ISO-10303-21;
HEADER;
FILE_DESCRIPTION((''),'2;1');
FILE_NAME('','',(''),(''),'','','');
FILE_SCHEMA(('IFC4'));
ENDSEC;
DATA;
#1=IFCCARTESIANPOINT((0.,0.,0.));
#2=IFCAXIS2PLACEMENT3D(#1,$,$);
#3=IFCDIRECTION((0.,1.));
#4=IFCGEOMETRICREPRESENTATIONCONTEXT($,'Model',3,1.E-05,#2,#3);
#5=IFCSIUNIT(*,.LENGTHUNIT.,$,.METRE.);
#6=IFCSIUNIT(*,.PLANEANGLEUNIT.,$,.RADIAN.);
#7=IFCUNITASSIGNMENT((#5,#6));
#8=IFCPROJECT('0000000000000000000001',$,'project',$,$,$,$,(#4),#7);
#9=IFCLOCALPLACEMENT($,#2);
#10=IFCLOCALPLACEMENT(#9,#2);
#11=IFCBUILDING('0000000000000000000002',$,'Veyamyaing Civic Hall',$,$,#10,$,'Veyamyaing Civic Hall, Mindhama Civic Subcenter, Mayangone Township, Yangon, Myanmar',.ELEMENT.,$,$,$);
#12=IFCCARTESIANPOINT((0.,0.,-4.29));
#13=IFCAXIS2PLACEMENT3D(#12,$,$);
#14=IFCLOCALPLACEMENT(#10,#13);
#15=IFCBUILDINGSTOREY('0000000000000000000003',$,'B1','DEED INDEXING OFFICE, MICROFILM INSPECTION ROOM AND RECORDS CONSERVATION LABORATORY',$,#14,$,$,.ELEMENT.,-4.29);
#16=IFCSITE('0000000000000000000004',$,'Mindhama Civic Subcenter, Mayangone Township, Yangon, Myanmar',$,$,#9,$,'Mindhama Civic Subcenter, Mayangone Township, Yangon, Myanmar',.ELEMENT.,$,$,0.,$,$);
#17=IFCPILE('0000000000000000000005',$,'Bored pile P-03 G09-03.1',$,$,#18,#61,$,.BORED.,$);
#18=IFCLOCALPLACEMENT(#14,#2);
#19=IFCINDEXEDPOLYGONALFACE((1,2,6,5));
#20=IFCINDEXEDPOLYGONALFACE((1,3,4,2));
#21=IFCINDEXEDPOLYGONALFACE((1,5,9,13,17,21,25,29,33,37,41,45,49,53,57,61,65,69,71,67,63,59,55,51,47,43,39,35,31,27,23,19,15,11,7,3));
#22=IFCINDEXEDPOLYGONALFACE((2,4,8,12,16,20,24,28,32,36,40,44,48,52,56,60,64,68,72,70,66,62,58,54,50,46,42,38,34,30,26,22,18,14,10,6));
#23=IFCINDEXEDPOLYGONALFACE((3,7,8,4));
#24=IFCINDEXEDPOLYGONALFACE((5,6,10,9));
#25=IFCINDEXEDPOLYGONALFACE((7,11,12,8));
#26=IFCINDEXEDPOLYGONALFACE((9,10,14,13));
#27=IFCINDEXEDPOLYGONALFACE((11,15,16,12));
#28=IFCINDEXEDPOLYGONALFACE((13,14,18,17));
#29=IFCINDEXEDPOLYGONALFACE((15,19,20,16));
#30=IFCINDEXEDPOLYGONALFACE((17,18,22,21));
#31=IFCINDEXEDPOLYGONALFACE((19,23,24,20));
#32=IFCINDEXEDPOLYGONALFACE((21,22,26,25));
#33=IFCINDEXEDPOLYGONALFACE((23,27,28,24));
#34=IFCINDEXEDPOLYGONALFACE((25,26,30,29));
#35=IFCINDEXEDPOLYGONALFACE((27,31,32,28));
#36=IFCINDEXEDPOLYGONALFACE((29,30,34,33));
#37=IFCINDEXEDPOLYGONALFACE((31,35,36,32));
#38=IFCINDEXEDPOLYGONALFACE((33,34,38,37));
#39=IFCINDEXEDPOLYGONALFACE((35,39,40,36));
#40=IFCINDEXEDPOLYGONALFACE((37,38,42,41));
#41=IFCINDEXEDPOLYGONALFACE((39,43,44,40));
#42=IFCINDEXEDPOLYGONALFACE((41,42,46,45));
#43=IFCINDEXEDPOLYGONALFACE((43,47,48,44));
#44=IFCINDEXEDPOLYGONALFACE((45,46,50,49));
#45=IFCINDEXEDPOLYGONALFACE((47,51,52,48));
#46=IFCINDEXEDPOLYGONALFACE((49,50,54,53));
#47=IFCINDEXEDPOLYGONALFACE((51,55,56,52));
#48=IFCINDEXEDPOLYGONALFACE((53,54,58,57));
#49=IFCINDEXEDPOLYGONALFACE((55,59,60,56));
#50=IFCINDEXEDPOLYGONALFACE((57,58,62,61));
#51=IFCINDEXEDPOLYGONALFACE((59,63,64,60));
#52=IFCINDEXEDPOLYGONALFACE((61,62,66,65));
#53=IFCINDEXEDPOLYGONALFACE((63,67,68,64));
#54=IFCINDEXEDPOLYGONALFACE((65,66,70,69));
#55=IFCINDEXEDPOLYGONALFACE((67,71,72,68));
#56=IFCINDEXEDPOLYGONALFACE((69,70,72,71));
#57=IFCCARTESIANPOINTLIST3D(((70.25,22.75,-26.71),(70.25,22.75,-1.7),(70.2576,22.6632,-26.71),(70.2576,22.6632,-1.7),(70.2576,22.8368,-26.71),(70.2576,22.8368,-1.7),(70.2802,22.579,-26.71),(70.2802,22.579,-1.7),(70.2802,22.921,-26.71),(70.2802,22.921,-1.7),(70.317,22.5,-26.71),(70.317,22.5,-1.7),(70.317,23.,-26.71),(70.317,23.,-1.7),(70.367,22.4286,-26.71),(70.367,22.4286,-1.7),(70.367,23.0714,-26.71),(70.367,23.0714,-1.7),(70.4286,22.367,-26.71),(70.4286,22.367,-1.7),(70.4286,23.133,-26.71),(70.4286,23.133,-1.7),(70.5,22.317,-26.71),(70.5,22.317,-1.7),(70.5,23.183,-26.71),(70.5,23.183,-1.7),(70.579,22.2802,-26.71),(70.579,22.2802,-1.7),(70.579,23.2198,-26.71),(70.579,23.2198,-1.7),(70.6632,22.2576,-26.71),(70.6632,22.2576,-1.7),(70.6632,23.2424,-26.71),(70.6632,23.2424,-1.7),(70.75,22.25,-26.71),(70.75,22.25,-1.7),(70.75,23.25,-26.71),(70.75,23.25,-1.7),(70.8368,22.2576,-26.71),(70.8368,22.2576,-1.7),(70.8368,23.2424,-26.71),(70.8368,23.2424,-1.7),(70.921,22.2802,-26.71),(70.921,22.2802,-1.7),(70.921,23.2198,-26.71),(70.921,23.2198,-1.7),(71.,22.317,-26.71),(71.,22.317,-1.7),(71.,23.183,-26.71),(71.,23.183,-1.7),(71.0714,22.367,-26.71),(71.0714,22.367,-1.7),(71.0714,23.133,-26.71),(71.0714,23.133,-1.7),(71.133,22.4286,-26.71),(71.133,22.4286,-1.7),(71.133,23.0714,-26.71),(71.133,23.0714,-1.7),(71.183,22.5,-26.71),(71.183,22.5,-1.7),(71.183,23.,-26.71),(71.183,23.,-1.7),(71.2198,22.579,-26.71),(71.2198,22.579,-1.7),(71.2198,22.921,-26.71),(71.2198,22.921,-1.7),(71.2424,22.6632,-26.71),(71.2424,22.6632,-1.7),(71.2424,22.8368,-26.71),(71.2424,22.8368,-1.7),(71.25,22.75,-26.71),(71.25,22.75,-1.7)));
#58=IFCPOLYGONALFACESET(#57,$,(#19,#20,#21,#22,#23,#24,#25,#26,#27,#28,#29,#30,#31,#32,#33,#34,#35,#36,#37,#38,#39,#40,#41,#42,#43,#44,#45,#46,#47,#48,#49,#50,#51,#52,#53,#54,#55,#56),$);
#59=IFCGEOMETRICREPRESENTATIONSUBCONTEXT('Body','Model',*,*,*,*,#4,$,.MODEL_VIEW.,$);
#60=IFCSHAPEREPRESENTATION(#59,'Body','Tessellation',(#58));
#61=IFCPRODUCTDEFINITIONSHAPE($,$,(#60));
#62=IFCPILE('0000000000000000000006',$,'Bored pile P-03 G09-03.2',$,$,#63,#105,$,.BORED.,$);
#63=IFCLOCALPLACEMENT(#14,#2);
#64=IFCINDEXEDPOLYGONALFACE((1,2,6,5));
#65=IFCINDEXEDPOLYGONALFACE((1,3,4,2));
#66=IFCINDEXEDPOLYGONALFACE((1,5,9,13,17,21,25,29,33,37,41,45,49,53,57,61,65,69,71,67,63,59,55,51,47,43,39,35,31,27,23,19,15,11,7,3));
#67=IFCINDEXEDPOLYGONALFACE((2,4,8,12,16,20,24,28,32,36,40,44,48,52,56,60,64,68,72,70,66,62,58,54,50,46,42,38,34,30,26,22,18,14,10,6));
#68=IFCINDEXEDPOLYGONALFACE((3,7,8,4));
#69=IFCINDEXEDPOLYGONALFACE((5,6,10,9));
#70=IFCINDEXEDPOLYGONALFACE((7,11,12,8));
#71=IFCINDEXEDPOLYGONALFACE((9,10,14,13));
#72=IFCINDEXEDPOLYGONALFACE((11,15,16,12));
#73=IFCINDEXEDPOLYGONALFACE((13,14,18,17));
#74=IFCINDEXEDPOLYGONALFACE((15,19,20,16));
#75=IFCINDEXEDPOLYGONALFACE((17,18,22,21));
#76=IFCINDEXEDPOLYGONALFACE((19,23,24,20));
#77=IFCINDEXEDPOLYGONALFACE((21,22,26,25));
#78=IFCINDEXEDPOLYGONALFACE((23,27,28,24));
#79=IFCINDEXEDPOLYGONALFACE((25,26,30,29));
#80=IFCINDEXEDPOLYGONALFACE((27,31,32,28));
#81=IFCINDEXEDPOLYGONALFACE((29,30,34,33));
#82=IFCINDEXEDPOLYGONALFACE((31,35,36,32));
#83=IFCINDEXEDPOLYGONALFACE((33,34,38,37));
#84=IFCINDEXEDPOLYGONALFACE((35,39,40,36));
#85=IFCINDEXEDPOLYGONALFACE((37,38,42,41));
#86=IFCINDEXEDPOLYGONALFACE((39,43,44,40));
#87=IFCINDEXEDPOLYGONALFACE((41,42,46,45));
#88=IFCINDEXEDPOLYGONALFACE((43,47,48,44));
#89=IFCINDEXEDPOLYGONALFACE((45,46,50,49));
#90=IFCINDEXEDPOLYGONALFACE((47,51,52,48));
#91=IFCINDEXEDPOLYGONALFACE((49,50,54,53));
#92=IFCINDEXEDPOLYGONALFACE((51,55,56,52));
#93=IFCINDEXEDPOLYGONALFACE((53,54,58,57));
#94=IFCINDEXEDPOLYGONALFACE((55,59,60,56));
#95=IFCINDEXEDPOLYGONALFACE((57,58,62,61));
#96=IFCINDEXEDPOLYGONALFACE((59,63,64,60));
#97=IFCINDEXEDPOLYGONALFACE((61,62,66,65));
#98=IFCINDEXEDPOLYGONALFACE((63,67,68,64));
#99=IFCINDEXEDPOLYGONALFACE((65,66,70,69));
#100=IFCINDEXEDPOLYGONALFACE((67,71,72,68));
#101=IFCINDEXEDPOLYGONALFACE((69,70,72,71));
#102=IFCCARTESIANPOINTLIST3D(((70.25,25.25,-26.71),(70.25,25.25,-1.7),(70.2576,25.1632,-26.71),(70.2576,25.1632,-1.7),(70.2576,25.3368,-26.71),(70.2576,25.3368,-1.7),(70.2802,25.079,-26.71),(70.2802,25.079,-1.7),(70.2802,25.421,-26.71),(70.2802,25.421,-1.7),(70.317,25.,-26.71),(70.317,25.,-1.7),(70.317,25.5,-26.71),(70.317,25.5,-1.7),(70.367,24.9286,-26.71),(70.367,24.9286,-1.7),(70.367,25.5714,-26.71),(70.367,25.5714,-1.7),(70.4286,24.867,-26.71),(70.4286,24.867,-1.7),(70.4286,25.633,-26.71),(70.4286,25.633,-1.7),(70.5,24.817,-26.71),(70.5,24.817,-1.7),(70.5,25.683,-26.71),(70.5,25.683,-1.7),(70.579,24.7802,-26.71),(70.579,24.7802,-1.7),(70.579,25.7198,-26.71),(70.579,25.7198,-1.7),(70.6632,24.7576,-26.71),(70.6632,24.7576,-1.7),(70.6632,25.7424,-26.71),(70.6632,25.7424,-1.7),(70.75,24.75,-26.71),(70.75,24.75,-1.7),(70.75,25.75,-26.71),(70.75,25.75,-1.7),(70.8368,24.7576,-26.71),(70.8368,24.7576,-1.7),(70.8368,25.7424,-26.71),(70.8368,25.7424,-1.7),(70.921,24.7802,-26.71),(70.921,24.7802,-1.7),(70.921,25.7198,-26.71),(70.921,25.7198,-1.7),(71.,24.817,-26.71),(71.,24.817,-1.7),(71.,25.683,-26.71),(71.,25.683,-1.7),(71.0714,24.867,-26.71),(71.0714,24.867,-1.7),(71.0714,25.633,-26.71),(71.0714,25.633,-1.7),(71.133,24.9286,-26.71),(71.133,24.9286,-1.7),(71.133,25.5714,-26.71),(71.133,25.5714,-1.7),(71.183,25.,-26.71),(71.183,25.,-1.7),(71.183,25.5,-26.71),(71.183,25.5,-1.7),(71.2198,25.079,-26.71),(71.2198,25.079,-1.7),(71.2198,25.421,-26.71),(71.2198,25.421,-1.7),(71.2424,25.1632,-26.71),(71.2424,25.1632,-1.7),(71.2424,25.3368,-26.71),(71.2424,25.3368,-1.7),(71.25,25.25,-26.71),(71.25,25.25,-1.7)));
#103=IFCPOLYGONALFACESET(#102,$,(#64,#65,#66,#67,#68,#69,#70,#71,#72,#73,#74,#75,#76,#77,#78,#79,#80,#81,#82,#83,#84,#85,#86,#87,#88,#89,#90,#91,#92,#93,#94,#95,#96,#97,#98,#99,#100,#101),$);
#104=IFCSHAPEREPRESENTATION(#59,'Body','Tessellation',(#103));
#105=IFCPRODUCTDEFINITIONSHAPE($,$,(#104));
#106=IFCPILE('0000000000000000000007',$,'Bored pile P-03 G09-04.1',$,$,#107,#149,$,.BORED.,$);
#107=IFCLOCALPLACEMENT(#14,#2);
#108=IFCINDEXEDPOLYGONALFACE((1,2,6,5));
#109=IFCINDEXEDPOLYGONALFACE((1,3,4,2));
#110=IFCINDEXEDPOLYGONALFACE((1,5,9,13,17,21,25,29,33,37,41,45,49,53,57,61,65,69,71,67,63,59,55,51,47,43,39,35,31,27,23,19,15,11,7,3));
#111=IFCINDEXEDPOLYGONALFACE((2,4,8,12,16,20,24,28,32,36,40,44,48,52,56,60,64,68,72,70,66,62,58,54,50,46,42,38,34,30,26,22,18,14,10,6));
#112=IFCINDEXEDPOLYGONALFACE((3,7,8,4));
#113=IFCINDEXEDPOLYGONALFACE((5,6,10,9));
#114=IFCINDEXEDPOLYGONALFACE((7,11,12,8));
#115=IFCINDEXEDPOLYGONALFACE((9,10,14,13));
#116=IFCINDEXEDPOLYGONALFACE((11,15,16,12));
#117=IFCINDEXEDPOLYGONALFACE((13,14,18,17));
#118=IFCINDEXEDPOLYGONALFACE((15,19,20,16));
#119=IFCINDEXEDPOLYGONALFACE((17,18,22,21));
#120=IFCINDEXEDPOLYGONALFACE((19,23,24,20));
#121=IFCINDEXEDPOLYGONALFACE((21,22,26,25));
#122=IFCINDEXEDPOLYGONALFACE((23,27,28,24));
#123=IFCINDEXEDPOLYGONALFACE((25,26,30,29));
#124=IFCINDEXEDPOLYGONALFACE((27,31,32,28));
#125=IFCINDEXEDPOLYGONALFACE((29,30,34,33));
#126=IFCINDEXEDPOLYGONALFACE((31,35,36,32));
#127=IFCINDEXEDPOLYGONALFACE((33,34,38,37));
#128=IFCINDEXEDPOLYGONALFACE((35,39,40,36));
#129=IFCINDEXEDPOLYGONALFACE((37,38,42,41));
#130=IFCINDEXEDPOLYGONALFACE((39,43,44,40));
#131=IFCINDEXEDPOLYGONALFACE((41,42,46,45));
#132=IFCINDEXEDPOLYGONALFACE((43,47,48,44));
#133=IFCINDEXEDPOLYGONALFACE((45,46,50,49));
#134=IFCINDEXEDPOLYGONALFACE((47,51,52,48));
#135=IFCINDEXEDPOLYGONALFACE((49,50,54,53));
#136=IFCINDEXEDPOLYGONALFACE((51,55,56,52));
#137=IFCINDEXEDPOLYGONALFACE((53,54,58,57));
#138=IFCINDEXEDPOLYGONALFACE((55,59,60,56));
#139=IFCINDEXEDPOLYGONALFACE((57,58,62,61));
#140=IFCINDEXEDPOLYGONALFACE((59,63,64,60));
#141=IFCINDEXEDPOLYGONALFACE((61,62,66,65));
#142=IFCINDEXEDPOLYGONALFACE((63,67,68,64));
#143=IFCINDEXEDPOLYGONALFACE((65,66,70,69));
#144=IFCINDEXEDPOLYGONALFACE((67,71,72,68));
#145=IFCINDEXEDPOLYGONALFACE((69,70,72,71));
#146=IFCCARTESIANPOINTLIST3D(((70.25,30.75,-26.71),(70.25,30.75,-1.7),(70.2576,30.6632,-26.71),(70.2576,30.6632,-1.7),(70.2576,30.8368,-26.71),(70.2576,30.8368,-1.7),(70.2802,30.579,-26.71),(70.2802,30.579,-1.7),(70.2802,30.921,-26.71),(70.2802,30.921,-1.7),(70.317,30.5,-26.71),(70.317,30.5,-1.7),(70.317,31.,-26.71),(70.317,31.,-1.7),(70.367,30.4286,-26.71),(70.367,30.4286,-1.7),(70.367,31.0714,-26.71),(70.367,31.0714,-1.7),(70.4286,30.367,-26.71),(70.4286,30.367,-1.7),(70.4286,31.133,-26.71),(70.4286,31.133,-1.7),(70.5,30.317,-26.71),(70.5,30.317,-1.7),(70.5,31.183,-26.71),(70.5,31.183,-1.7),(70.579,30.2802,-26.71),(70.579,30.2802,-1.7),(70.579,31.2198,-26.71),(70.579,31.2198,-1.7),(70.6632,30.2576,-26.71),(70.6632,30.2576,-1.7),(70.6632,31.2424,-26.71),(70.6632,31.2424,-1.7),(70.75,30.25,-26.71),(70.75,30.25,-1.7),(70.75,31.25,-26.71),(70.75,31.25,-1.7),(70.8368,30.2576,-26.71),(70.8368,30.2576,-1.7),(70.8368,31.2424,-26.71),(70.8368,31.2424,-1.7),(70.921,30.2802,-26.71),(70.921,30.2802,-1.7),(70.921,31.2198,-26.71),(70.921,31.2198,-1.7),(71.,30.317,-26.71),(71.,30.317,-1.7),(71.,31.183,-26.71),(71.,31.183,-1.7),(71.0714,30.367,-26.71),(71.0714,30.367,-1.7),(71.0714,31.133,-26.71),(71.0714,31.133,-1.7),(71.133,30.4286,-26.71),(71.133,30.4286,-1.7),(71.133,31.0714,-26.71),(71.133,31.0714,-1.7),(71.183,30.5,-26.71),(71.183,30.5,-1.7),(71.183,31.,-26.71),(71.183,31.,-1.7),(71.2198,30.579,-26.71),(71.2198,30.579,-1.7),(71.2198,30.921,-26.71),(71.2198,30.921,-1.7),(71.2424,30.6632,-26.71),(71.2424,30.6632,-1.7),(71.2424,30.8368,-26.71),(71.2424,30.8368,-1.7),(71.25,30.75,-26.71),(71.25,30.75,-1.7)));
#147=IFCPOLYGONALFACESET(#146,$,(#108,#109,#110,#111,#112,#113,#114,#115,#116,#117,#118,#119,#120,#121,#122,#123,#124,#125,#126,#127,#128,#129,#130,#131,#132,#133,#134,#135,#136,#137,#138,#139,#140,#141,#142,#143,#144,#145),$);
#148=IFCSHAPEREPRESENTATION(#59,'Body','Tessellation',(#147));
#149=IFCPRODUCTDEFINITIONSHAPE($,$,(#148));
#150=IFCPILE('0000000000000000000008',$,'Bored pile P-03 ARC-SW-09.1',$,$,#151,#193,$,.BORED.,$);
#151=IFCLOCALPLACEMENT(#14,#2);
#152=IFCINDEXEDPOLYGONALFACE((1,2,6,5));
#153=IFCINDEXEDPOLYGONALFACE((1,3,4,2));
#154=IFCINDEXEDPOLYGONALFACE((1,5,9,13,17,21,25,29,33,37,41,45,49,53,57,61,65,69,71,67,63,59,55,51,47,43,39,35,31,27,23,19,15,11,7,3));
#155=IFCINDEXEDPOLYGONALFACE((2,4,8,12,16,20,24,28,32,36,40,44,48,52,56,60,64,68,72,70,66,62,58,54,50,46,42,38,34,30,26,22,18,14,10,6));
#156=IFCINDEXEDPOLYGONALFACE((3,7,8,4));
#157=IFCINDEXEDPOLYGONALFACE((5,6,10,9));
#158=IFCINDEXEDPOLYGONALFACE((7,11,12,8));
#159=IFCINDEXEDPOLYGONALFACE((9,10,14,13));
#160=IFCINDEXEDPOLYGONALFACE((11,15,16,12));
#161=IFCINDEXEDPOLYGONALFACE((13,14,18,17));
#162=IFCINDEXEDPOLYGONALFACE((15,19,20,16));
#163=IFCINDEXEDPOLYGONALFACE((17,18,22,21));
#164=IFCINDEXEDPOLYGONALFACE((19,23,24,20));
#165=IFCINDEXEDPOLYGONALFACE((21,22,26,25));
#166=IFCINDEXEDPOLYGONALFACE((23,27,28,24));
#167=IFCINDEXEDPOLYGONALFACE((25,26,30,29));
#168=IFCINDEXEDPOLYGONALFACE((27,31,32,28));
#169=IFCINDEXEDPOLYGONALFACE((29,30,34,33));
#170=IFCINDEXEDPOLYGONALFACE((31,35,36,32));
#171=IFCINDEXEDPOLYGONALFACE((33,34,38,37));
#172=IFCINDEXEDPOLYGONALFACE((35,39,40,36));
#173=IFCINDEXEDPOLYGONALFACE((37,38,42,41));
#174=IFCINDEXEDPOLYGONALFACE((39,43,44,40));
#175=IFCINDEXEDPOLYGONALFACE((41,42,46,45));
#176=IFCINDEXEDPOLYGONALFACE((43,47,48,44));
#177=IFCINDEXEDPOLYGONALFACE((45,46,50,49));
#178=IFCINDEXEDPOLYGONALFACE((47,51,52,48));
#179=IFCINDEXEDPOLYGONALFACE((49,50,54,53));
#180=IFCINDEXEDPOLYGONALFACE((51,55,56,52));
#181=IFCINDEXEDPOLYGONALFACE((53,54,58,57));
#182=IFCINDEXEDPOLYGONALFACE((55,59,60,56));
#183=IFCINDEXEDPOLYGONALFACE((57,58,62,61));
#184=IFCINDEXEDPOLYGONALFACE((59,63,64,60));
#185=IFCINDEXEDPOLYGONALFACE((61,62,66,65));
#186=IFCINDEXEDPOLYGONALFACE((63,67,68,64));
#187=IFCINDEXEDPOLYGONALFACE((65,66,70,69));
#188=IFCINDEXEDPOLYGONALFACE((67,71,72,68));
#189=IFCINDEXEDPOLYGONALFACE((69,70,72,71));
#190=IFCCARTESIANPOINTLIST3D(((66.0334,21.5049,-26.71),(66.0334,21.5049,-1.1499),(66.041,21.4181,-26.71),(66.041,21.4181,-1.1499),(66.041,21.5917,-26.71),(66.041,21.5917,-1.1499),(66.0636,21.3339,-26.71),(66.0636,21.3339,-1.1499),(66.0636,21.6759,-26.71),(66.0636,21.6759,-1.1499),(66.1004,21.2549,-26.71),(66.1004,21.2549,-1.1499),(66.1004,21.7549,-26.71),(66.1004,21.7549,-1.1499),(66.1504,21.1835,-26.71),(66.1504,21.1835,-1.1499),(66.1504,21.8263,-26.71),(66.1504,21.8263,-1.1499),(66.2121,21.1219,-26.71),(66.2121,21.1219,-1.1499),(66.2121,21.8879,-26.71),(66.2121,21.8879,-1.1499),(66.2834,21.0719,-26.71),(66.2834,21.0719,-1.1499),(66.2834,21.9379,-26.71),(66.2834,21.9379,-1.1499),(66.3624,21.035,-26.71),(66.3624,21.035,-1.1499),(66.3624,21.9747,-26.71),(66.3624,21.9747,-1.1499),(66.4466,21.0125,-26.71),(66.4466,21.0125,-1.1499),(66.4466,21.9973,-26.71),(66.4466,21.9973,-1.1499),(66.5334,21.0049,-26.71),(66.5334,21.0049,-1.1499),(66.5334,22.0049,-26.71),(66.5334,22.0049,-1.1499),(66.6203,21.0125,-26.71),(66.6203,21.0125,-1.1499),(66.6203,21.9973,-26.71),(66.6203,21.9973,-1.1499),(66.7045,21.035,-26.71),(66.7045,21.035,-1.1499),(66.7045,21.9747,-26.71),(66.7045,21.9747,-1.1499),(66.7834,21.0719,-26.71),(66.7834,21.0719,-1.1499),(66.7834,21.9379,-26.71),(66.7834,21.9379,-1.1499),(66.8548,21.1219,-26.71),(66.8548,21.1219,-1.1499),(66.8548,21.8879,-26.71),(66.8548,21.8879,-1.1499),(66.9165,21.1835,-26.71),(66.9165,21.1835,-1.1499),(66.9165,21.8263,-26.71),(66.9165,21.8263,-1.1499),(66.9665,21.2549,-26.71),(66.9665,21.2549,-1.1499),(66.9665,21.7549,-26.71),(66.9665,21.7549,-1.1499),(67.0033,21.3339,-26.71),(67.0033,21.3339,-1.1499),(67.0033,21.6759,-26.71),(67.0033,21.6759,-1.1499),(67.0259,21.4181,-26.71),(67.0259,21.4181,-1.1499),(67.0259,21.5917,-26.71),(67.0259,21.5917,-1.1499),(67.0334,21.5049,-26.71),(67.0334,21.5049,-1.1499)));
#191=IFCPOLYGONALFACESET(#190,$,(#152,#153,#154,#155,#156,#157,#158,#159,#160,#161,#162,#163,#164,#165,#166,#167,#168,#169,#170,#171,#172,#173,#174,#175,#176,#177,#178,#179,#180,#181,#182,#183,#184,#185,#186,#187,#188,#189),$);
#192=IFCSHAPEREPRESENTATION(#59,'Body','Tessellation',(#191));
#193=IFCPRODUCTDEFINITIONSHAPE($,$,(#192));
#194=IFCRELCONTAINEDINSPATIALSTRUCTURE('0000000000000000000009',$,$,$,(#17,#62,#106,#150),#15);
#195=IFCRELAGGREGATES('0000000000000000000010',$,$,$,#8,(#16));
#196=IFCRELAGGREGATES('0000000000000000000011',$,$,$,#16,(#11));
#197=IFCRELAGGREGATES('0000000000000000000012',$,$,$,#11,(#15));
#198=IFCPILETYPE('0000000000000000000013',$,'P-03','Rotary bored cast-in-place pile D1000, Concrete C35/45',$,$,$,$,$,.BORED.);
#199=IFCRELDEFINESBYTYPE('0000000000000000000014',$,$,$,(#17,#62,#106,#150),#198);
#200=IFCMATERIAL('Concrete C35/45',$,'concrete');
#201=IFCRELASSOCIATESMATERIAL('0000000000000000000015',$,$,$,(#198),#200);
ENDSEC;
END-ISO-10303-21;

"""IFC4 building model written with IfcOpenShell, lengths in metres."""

from ifc_helpers import new_model, si_unit, direction, frame, origin, origin_2d, place, context, subcontext, project, spatial, circle, extrude, material, material_profile, profile_set, type_object, element, save


model = new_model("IFC4")

# Units and contexts
model_context = context("Model", 3, precision=1e-05, world=origin(), true_north=direction((0.0, 1.0)))
body_context = subcontext(model_context, "Body", "Model", "MODEL_VIEW")
ifc_project = project(units=[si_unit("LENGTHUNIT", "METRE"), si_unit("PLANEANGLEUNIT", "RADIAN")], contexts=[model_context])

# Site, building, storey
site_placement = place(None, origin())
site = spatial("IfcSite", under=ifc_project, at=site_placement, Name="Mindhama Civic Subcenter, Mayangone Township, Yangon, Myanmar", LongName="Mindhama Civic Subcenter, Mayangone Township, Yangon, Myanmar", CompositionType="ELEMENT", RefElevation=0.0)
building_placement = place(site_placement, origin())
building = spatial("IfcBuilding", under=site, at=building_placement, Name="Veyamyaing Civic Hall", LongName="Veyamyaing Civic Hall, Mindhama Civic Subcenter, Mayangone Township, Yangon, Myanmar", CompositionType="ELEMENT")
storey_placement = place(building_placement, frame((0.0, 0.0, -4.29)))
storey = spatial("IfcBuildingStorey", under=building, at=storey_placement, Name="B1", Description="DEED INDEXING OFFICE, MICROFILM INSPECTION ROOM AND RECORDS CONSERVATION LABORATORY", CompositionType="ELEMENT", Elevation=-4.29)

# Piles
ifc_material_1 = material(Name="Concrete C35/45", Category="concrete")
ifc_material_profile_1 = material_profile(ifc_material_1, circle(Radius=0.5, at=origin_2d()), Name="PILE-D1000")
ifc_profile_set_1 = profile_set([ifc_material_profile_1], Name="Concrete C35/45")
pile_type_1 = type_object("IfcPileType", Name="P-03", Description="Rotary bored cast-in-place pile D1000, Concrete C35/45", PredefinedType="BORED", material=ifc_profile_set_1)
for number, where, z_axis, x_axis, name in (
    (1, (70.75, 22.75, -1.7), (0.0, 0.0, -1.0), (1.0, 0.0, 0.0), "Bored pile P-03 G09-03.1"),
    (2, (70.75, 25.25, -1.7), (0.0, 0.0, -1.0), (1.0, 0.0, 0.0), "Bored pile P-03 G09-03.2"),
    (3, (70.75, 30.75, -1.7), (0.0, 0.0, -1.0), (1.0, 0.0, 0.0), "Bored pile P-03 G09-04.1"),
):
    element("IfcPile", number, at=place(storey_placement, frame(where, z_axis=z_axis, x_axis=x_axis)), inside=storey, type_object=pile_type_1, Name=name, PredefinedType="BORED", context=body_context, shape_type="SweptSolid", body=[
        extrude(circle(Radius=0.5, at=origin_2d()), origin(), (0.0, 0.0, 1.0), 25.01),
    ])
pile_1_placement = place(storey_placement, frame((66.5334, 21.5049, -1.1499), z_axis=(0.0, 0.0, -1.0), x_axis=(1.0, 0.0, 0.0)))
element("IfcPile", 4, at=pile_1_placement, inside=storey, type_object=pile_type_1, Name="Bored pile P-03 ARC-SW-09.1", PredefinedType="BORED", context=body_context, shape_type="SweptSolid", body=[
    extrude(circle(Radius=0.5, at=origin_2d()), origin(), (0.0, 0.0, 1.0), 25.5601),
])

save(model, "model.ifc")
